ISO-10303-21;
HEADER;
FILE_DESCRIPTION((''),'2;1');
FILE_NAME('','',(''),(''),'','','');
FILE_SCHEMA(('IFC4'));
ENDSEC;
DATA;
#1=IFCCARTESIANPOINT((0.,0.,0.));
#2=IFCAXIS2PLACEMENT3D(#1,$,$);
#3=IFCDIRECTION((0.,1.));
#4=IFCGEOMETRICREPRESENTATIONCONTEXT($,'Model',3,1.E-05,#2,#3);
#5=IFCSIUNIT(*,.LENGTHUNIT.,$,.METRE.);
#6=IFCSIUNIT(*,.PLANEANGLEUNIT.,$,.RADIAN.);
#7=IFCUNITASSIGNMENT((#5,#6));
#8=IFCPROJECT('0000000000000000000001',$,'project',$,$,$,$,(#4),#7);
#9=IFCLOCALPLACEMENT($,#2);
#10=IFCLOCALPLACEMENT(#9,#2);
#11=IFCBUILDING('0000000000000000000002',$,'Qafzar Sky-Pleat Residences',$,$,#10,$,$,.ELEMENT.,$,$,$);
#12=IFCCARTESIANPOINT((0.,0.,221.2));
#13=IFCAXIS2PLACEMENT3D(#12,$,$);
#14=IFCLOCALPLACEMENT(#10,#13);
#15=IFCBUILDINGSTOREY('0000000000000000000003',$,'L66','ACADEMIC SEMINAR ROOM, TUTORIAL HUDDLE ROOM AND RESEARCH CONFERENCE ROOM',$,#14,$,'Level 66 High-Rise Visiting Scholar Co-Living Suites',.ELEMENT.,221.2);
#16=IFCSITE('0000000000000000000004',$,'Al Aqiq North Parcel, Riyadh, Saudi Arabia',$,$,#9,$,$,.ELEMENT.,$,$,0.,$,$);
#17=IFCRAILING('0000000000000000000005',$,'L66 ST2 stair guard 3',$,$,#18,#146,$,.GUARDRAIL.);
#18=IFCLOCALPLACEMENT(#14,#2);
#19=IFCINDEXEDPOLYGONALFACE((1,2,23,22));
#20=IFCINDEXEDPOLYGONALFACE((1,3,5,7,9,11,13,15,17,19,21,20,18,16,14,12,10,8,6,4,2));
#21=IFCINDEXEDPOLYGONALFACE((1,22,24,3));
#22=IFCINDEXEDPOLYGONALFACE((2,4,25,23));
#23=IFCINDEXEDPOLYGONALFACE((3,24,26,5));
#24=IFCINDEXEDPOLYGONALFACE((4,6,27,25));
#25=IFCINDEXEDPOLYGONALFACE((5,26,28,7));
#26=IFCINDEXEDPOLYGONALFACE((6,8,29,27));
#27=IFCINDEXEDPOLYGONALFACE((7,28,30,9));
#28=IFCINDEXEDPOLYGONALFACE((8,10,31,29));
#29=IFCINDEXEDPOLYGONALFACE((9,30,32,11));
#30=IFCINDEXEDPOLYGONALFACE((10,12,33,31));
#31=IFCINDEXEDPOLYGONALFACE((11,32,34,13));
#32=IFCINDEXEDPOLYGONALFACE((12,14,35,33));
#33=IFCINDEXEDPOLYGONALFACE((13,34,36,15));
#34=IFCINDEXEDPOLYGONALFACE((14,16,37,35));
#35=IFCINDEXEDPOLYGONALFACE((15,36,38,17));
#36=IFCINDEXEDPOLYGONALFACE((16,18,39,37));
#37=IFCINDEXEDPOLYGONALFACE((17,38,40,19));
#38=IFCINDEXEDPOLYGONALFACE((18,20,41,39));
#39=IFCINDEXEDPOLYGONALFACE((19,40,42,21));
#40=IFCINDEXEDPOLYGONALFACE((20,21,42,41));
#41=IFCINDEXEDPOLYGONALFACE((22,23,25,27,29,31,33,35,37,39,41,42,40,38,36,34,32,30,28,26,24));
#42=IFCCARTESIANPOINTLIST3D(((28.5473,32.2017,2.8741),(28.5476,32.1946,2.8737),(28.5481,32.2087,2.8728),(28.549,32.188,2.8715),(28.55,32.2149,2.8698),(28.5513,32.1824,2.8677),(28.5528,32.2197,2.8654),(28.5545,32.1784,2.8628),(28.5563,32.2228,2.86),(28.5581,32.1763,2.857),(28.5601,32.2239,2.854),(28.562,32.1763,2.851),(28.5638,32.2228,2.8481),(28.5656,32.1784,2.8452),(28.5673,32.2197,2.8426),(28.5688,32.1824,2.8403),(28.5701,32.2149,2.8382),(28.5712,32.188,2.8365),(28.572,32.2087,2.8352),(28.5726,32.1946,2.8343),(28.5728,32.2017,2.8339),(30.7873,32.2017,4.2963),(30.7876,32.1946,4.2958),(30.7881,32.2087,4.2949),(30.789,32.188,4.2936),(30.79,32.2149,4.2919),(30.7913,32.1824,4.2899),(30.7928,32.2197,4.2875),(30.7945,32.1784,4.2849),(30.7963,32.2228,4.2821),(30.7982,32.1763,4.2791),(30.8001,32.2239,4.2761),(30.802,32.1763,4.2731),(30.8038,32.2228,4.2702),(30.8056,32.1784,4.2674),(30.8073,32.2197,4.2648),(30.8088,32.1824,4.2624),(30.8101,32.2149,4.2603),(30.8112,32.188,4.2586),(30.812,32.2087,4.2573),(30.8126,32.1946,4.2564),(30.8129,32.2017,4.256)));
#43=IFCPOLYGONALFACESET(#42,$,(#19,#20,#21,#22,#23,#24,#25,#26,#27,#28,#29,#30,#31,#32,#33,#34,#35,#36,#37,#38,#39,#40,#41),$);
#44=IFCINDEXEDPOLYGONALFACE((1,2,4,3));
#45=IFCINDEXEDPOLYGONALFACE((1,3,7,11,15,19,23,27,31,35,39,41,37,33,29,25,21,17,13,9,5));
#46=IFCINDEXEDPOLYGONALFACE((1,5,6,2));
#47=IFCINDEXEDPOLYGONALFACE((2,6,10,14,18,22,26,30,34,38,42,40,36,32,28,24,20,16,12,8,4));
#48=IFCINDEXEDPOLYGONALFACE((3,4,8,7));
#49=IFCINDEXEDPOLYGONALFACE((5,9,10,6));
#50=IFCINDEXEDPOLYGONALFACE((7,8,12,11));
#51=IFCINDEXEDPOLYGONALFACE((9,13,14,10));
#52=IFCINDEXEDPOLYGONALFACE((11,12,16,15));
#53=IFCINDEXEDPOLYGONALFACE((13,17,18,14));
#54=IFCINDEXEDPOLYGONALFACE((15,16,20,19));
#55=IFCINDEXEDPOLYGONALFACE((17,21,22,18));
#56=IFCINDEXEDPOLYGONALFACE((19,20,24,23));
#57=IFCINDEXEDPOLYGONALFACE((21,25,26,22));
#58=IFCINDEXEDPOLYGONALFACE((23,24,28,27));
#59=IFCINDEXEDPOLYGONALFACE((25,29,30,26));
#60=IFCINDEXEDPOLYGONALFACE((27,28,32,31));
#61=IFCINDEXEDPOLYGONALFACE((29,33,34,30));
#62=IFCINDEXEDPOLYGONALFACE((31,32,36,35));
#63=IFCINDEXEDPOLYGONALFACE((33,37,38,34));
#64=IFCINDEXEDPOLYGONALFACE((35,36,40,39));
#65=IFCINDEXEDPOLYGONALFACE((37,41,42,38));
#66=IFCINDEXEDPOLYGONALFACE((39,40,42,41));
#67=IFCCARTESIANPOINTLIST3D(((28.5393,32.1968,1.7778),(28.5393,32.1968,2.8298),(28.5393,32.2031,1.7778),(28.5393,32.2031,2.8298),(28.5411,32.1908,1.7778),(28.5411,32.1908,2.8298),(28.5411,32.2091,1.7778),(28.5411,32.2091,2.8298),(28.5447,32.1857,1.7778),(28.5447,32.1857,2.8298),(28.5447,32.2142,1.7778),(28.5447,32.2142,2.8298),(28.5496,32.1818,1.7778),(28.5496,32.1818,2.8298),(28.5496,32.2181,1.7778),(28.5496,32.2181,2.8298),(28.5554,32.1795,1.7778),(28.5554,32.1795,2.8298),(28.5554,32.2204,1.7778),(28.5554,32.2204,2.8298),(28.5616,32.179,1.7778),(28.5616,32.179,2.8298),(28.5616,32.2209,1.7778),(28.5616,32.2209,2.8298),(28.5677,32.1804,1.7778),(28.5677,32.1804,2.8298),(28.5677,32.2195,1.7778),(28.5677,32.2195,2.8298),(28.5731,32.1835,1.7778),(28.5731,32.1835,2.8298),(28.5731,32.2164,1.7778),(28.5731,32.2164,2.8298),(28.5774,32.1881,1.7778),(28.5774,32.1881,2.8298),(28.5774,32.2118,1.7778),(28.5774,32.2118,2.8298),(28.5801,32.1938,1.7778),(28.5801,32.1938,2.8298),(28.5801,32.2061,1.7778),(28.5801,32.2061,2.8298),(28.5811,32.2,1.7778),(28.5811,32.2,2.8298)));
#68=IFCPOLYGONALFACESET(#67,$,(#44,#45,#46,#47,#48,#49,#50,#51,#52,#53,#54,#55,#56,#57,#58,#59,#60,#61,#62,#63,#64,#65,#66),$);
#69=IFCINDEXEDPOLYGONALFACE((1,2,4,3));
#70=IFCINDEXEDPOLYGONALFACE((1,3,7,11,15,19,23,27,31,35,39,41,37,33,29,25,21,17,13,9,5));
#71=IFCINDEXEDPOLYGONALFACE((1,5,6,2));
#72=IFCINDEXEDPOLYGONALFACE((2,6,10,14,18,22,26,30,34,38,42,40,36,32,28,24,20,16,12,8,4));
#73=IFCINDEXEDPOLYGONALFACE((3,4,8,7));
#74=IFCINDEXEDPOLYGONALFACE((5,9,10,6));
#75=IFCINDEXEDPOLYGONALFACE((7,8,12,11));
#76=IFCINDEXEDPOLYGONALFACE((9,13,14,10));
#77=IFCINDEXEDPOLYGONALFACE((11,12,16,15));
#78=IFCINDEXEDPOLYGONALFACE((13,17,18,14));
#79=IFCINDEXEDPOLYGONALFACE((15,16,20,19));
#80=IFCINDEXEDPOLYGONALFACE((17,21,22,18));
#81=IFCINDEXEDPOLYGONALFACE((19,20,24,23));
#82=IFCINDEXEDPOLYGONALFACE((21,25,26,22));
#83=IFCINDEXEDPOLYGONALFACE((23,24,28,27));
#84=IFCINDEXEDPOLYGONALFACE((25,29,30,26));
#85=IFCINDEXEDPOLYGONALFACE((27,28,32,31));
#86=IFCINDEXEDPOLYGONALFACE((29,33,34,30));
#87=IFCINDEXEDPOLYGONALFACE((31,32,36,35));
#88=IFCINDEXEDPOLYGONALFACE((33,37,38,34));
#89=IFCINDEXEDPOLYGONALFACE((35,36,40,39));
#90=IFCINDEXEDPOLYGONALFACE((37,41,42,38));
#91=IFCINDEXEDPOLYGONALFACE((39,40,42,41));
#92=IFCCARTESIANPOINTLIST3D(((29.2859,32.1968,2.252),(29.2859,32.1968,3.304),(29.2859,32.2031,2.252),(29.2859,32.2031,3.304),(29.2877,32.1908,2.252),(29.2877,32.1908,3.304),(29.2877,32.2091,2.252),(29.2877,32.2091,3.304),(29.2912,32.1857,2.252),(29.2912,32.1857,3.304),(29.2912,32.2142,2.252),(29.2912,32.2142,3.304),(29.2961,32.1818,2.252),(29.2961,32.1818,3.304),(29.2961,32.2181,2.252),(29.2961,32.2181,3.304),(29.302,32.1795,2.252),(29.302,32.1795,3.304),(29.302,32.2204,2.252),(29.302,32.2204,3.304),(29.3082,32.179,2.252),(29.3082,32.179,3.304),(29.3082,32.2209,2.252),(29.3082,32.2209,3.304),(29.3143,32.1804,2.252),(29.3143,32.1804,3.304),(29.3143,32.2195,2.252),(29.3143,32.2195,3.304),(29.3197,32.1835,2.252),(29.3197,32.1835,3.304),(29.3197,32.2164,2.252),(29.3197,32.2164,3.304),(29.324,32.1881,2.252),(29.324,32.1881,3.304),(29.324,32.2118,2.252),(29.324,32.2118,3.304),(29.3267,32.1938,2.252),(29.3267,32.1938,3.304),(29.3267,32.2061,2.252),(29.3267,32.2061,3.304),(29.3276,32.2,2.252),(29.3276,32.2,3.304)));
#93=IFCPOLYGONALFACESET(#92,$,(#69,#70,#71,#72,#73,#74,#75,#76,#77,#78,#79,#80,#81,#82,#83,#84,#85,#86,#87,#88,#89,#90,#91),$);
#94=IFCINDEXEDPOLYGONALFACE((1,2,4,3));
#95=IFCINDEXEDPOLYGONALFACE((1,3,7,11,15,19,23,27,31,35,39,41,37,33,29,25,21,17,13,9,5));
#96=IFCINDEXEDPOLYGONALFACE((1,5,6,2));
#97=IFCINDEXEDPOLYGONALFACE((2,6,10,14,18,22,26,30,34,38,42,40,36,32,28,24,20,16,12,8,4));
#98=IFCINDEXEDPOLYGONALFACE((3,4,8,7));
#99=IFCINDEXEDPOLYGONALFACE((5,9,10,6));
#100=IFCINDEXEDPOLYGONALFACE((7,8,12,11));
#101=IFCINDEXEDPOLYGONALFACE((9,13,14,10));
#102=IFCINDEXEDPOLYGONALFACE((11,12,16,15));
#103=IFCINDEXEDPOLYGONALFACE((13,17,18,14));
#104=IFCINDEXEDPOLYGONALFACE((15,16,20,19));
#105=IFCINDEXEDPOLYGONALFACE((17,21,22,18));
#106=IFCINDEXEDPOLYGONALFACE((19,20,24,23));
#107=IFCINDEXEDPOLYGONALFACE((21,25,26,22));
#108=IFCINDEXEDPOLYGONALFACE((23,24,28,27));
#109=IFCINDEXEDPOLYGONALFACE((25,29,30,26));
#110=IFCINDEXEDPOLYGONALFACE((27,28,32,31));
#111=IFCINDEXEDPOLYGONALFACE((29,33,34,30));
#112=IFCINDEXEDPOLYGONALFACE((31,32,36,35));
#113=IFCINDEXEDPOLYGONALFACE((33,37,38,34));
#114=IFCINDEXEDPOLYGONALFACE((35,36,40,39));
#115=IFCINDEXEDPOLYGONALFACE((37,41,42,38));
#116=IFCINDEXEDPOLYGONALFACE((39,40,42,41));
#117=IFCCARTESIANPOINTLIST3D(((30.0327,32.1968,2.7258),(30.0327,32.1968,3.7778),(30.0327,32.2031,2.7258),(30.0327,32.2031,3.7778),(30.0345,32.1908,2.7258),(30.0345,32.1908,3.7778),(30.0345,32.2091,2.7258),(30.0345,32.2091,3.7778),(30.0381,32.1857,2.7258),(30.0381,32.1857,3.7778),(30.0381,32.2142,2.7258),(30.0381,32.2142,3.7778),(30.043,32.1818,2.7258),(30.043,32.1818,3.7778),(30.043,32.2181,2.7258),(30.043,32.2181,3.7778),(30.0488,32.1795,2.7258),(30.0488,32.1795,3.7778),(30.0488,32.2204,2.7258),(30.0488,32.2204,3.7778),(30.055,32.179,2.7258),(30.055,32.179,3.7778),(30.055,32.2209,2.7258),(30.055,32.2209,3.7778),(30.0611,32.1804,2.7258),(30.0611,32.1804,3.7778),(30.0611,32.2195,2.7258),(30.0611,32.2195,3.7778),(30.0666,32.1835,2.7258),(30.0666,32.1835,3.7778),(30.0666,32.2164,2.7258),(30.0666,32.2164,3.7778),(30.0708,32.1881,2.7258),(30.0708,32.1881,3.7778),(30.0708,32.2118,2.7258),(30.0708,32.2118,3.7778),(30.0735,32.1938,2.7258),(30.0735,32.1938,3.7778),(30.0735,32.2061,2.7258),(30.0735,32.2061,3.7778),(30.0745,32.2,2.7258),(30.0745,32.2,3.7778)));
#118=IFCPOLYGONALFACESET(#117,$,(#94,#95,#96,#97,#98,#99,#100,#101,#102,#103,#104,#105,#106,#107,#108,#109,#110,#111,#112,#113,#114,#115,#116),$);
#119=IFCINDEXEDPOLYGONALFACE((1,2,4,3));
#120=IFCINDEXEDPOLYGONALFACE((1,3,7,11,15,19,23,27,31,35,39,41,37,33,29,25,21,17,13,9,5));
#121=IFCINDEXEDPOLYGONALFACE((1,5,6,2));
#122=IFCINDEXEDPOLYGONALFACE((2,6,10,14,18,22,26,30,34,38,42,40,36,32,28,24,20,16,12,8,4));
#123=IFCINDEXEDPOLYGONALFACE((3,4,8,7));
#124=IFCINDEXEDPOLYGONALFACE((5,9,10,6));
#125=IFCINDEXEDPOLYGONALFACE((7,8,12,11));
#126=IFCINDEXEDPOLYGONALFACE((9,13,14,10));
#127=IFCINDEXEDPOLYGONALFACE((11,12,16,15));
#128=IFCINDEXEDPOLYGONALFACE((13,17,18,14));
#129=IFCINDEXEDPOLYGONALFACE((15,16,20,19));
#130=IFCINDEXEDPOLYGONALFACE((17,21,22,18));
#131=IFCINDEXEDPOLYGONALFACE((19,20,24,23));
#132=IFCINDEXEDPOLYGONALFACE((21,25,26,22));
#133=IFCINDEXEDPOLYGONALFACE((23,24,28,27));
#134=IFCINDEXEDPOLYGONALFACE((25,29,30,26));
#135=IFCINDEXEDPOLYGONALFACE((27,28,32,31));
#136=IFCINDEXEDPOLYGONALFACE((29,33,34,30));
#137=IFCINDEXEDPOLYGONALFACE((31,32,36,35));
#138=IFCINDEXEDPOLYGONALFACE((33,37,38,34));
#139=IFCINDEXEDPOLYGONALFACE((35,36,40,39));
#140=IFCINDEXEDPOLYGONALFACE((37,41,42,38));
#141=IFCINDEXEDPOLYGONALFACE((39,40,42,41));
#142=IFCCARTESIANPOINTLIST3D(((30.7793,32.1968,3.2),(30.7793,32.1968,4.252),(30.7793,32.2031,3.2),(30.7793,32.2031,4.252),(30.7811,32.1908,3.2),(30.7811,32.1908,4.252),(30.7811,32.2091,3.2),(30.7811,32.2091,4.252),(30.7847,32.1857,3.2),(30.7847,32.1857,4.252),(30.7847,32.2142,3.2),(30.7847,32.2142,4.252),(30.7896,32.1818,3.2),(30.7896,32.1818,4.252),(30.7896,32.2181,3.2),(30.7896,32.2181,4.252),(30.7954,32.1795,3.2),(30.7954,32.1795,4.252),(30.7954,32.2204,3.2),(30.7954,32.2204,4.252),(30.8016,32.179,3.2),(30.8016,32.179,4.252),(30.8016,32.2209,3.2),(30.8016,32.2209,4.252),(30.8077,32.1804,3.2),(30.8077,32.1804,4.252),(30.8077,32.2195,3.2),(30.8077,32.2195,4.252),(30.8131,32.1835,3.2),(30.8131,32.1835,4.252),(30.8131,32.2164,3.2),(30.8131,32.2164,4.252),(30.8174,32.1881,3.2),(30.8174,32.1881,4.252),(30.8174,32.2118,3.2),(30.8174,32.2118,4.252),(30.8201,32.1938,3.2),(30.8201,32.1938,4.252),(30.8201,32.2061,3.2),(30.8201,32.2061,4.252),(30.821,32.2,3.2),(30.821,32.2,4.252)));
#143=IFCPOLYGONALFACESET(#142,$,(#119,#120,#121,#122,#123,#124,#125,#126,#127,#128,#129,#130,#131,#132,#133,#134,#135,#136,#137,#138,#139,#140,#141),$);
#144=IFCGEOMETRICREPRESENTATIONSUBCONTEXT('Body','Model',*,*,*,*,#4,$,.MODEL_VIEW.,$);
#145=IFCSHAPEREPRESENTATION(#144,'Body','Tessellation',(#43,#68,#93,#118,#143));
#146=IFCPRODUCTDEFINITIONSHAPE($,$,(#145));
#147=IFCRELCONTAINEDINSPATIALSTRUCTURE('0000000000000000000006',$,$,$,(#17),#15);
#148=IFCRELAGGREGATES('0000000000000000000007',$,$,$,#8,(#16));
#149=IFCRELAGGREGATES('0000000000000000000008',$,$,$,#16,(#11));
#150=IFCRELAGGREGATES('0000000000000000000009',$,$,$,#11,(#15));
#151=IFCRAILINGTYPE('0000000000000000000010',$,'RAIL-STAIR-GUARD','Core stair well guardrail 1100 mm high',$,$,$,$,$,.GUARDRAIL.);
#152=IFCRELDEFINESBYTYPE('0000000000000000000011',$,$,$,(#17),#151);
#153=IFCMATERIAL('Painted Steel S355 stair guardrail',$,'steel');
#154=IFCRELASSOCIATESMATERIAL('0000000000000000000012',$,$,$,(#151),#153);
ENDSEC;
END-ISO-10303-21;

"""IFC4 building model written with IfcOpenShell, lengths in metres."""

from ifc_helpers import new_model, si_unit, direction, frame, origin, origin_2d, place, context, subcontext, project, spatial, circle, extrude, source, transform, mapped, material, type_object, element, save


model = new_model("IFC4")

# Units and contexts
model_context = context("Model", 3, precision=1e-05, world=origin(), true_north=direction((0.0, 1.0)))
body_context = subcontext(model_context, "Body", "Model", "MODEL_VIEW")
ifc_project = project(units=[si_unit("LENGTHUNIT", "METRE"), si_unit("PLANEANGLEUNIT", "RADIAN")], contexts=[model_context])

# Site, building, storey
site_placement = place(None, origin())
site = spatial("IfcSite", under=ifc_project, at=site_placement, Name="Al Aqiq North Parcel, Riyadh, Saudi Arabia", CompositionType="ELEMENT", RefElevation=0.0)
building_placement = place(site_placement, origin())
building = spatial("IfcBuilding", under=site, at=building_placement, Name="Qafzar Sky-Pleat Residences", CompositionType="ELEMENT")
storey_placement = place(building_placement, frame((0.0, 0.0, 221.2)))
storey = spatial("IfcBuildingStorey", under=building, at=storey_placement, Name="L66", Description="ACADEMIC SEMINAR ROOM, TUTORIAL HUDDLE ROOM AND RESEARCH CONFERENCE ROOM", LongName="Level 66 High-Rise Visiting Scholar Co-Living Suites", CompositionType="ELEMENT", Elevation=221.2)

# Railing
ifc_material_1 = material(Name="Painted Steel S355 stair guardrail", Category="steel")
railing_type = type_object("IfcRailingType", Name="RAIL-STAIR-GUARD", Description="Core stair well guardrail 1100 mm high", PredefinedType="GUARDRAIL", material=ifc_material_1)
shared_shape_1 = source(origin(), body_context, "Body", "SweptSolid", [
    extrude(circle(Radius=0.0239, at=origin_2d()), frame((0.0, 0.0, 1.0762), z_axis=(0.844229, 0.0, 0.535982), x_axis=(0.0, 1.0, 0.0)), (0.0, 0.0, 1.0), 2.6533),
    extrude(circle(Radius=0.021, at=origin_2d()), origin(), (0.0, 0.0, 1.0), 1.052),
    extrude(circle(Radius=0.021, at=origin_2d()), frame((0.7466, 0.0, 0.4741)), (0.0, 0.0, 1.0), 1.052),
    extrude(circle(Radius=0.021, at=origin_2d()), frame((1.4934, 0.0, 0.948)), (0.0, 0.0, 1.0), 1.052),
    extrude(circle(Radius=0.021, at=origin_2d()), frame((2.24, 0.0, 1.4221)), (0.0, 0.0, 1.0), 1.052),
])
railing_1_placement = place(storey_placement, frame((28.5601, 32.2, 1.7778)))
element("IfcRailing", 1, at=railing_1_placement, inside=storey, type_object=railing_type, Name="L66 ST2 stair guard 3", PredefinedType="GUARDRAIL", context=body_context, shape_type="MappedRepresentation", body=[
    mapped(shared_shape_1, transform((0.0, 0.0, 0.0), x_axis=(1.0, 0.0, 0.0), y_axis=(0.0, 1.0, 0.0), z_axis=(0.0, 0.0, 1.0), scale=1.0)),
])

save(model, "model.ifc")
